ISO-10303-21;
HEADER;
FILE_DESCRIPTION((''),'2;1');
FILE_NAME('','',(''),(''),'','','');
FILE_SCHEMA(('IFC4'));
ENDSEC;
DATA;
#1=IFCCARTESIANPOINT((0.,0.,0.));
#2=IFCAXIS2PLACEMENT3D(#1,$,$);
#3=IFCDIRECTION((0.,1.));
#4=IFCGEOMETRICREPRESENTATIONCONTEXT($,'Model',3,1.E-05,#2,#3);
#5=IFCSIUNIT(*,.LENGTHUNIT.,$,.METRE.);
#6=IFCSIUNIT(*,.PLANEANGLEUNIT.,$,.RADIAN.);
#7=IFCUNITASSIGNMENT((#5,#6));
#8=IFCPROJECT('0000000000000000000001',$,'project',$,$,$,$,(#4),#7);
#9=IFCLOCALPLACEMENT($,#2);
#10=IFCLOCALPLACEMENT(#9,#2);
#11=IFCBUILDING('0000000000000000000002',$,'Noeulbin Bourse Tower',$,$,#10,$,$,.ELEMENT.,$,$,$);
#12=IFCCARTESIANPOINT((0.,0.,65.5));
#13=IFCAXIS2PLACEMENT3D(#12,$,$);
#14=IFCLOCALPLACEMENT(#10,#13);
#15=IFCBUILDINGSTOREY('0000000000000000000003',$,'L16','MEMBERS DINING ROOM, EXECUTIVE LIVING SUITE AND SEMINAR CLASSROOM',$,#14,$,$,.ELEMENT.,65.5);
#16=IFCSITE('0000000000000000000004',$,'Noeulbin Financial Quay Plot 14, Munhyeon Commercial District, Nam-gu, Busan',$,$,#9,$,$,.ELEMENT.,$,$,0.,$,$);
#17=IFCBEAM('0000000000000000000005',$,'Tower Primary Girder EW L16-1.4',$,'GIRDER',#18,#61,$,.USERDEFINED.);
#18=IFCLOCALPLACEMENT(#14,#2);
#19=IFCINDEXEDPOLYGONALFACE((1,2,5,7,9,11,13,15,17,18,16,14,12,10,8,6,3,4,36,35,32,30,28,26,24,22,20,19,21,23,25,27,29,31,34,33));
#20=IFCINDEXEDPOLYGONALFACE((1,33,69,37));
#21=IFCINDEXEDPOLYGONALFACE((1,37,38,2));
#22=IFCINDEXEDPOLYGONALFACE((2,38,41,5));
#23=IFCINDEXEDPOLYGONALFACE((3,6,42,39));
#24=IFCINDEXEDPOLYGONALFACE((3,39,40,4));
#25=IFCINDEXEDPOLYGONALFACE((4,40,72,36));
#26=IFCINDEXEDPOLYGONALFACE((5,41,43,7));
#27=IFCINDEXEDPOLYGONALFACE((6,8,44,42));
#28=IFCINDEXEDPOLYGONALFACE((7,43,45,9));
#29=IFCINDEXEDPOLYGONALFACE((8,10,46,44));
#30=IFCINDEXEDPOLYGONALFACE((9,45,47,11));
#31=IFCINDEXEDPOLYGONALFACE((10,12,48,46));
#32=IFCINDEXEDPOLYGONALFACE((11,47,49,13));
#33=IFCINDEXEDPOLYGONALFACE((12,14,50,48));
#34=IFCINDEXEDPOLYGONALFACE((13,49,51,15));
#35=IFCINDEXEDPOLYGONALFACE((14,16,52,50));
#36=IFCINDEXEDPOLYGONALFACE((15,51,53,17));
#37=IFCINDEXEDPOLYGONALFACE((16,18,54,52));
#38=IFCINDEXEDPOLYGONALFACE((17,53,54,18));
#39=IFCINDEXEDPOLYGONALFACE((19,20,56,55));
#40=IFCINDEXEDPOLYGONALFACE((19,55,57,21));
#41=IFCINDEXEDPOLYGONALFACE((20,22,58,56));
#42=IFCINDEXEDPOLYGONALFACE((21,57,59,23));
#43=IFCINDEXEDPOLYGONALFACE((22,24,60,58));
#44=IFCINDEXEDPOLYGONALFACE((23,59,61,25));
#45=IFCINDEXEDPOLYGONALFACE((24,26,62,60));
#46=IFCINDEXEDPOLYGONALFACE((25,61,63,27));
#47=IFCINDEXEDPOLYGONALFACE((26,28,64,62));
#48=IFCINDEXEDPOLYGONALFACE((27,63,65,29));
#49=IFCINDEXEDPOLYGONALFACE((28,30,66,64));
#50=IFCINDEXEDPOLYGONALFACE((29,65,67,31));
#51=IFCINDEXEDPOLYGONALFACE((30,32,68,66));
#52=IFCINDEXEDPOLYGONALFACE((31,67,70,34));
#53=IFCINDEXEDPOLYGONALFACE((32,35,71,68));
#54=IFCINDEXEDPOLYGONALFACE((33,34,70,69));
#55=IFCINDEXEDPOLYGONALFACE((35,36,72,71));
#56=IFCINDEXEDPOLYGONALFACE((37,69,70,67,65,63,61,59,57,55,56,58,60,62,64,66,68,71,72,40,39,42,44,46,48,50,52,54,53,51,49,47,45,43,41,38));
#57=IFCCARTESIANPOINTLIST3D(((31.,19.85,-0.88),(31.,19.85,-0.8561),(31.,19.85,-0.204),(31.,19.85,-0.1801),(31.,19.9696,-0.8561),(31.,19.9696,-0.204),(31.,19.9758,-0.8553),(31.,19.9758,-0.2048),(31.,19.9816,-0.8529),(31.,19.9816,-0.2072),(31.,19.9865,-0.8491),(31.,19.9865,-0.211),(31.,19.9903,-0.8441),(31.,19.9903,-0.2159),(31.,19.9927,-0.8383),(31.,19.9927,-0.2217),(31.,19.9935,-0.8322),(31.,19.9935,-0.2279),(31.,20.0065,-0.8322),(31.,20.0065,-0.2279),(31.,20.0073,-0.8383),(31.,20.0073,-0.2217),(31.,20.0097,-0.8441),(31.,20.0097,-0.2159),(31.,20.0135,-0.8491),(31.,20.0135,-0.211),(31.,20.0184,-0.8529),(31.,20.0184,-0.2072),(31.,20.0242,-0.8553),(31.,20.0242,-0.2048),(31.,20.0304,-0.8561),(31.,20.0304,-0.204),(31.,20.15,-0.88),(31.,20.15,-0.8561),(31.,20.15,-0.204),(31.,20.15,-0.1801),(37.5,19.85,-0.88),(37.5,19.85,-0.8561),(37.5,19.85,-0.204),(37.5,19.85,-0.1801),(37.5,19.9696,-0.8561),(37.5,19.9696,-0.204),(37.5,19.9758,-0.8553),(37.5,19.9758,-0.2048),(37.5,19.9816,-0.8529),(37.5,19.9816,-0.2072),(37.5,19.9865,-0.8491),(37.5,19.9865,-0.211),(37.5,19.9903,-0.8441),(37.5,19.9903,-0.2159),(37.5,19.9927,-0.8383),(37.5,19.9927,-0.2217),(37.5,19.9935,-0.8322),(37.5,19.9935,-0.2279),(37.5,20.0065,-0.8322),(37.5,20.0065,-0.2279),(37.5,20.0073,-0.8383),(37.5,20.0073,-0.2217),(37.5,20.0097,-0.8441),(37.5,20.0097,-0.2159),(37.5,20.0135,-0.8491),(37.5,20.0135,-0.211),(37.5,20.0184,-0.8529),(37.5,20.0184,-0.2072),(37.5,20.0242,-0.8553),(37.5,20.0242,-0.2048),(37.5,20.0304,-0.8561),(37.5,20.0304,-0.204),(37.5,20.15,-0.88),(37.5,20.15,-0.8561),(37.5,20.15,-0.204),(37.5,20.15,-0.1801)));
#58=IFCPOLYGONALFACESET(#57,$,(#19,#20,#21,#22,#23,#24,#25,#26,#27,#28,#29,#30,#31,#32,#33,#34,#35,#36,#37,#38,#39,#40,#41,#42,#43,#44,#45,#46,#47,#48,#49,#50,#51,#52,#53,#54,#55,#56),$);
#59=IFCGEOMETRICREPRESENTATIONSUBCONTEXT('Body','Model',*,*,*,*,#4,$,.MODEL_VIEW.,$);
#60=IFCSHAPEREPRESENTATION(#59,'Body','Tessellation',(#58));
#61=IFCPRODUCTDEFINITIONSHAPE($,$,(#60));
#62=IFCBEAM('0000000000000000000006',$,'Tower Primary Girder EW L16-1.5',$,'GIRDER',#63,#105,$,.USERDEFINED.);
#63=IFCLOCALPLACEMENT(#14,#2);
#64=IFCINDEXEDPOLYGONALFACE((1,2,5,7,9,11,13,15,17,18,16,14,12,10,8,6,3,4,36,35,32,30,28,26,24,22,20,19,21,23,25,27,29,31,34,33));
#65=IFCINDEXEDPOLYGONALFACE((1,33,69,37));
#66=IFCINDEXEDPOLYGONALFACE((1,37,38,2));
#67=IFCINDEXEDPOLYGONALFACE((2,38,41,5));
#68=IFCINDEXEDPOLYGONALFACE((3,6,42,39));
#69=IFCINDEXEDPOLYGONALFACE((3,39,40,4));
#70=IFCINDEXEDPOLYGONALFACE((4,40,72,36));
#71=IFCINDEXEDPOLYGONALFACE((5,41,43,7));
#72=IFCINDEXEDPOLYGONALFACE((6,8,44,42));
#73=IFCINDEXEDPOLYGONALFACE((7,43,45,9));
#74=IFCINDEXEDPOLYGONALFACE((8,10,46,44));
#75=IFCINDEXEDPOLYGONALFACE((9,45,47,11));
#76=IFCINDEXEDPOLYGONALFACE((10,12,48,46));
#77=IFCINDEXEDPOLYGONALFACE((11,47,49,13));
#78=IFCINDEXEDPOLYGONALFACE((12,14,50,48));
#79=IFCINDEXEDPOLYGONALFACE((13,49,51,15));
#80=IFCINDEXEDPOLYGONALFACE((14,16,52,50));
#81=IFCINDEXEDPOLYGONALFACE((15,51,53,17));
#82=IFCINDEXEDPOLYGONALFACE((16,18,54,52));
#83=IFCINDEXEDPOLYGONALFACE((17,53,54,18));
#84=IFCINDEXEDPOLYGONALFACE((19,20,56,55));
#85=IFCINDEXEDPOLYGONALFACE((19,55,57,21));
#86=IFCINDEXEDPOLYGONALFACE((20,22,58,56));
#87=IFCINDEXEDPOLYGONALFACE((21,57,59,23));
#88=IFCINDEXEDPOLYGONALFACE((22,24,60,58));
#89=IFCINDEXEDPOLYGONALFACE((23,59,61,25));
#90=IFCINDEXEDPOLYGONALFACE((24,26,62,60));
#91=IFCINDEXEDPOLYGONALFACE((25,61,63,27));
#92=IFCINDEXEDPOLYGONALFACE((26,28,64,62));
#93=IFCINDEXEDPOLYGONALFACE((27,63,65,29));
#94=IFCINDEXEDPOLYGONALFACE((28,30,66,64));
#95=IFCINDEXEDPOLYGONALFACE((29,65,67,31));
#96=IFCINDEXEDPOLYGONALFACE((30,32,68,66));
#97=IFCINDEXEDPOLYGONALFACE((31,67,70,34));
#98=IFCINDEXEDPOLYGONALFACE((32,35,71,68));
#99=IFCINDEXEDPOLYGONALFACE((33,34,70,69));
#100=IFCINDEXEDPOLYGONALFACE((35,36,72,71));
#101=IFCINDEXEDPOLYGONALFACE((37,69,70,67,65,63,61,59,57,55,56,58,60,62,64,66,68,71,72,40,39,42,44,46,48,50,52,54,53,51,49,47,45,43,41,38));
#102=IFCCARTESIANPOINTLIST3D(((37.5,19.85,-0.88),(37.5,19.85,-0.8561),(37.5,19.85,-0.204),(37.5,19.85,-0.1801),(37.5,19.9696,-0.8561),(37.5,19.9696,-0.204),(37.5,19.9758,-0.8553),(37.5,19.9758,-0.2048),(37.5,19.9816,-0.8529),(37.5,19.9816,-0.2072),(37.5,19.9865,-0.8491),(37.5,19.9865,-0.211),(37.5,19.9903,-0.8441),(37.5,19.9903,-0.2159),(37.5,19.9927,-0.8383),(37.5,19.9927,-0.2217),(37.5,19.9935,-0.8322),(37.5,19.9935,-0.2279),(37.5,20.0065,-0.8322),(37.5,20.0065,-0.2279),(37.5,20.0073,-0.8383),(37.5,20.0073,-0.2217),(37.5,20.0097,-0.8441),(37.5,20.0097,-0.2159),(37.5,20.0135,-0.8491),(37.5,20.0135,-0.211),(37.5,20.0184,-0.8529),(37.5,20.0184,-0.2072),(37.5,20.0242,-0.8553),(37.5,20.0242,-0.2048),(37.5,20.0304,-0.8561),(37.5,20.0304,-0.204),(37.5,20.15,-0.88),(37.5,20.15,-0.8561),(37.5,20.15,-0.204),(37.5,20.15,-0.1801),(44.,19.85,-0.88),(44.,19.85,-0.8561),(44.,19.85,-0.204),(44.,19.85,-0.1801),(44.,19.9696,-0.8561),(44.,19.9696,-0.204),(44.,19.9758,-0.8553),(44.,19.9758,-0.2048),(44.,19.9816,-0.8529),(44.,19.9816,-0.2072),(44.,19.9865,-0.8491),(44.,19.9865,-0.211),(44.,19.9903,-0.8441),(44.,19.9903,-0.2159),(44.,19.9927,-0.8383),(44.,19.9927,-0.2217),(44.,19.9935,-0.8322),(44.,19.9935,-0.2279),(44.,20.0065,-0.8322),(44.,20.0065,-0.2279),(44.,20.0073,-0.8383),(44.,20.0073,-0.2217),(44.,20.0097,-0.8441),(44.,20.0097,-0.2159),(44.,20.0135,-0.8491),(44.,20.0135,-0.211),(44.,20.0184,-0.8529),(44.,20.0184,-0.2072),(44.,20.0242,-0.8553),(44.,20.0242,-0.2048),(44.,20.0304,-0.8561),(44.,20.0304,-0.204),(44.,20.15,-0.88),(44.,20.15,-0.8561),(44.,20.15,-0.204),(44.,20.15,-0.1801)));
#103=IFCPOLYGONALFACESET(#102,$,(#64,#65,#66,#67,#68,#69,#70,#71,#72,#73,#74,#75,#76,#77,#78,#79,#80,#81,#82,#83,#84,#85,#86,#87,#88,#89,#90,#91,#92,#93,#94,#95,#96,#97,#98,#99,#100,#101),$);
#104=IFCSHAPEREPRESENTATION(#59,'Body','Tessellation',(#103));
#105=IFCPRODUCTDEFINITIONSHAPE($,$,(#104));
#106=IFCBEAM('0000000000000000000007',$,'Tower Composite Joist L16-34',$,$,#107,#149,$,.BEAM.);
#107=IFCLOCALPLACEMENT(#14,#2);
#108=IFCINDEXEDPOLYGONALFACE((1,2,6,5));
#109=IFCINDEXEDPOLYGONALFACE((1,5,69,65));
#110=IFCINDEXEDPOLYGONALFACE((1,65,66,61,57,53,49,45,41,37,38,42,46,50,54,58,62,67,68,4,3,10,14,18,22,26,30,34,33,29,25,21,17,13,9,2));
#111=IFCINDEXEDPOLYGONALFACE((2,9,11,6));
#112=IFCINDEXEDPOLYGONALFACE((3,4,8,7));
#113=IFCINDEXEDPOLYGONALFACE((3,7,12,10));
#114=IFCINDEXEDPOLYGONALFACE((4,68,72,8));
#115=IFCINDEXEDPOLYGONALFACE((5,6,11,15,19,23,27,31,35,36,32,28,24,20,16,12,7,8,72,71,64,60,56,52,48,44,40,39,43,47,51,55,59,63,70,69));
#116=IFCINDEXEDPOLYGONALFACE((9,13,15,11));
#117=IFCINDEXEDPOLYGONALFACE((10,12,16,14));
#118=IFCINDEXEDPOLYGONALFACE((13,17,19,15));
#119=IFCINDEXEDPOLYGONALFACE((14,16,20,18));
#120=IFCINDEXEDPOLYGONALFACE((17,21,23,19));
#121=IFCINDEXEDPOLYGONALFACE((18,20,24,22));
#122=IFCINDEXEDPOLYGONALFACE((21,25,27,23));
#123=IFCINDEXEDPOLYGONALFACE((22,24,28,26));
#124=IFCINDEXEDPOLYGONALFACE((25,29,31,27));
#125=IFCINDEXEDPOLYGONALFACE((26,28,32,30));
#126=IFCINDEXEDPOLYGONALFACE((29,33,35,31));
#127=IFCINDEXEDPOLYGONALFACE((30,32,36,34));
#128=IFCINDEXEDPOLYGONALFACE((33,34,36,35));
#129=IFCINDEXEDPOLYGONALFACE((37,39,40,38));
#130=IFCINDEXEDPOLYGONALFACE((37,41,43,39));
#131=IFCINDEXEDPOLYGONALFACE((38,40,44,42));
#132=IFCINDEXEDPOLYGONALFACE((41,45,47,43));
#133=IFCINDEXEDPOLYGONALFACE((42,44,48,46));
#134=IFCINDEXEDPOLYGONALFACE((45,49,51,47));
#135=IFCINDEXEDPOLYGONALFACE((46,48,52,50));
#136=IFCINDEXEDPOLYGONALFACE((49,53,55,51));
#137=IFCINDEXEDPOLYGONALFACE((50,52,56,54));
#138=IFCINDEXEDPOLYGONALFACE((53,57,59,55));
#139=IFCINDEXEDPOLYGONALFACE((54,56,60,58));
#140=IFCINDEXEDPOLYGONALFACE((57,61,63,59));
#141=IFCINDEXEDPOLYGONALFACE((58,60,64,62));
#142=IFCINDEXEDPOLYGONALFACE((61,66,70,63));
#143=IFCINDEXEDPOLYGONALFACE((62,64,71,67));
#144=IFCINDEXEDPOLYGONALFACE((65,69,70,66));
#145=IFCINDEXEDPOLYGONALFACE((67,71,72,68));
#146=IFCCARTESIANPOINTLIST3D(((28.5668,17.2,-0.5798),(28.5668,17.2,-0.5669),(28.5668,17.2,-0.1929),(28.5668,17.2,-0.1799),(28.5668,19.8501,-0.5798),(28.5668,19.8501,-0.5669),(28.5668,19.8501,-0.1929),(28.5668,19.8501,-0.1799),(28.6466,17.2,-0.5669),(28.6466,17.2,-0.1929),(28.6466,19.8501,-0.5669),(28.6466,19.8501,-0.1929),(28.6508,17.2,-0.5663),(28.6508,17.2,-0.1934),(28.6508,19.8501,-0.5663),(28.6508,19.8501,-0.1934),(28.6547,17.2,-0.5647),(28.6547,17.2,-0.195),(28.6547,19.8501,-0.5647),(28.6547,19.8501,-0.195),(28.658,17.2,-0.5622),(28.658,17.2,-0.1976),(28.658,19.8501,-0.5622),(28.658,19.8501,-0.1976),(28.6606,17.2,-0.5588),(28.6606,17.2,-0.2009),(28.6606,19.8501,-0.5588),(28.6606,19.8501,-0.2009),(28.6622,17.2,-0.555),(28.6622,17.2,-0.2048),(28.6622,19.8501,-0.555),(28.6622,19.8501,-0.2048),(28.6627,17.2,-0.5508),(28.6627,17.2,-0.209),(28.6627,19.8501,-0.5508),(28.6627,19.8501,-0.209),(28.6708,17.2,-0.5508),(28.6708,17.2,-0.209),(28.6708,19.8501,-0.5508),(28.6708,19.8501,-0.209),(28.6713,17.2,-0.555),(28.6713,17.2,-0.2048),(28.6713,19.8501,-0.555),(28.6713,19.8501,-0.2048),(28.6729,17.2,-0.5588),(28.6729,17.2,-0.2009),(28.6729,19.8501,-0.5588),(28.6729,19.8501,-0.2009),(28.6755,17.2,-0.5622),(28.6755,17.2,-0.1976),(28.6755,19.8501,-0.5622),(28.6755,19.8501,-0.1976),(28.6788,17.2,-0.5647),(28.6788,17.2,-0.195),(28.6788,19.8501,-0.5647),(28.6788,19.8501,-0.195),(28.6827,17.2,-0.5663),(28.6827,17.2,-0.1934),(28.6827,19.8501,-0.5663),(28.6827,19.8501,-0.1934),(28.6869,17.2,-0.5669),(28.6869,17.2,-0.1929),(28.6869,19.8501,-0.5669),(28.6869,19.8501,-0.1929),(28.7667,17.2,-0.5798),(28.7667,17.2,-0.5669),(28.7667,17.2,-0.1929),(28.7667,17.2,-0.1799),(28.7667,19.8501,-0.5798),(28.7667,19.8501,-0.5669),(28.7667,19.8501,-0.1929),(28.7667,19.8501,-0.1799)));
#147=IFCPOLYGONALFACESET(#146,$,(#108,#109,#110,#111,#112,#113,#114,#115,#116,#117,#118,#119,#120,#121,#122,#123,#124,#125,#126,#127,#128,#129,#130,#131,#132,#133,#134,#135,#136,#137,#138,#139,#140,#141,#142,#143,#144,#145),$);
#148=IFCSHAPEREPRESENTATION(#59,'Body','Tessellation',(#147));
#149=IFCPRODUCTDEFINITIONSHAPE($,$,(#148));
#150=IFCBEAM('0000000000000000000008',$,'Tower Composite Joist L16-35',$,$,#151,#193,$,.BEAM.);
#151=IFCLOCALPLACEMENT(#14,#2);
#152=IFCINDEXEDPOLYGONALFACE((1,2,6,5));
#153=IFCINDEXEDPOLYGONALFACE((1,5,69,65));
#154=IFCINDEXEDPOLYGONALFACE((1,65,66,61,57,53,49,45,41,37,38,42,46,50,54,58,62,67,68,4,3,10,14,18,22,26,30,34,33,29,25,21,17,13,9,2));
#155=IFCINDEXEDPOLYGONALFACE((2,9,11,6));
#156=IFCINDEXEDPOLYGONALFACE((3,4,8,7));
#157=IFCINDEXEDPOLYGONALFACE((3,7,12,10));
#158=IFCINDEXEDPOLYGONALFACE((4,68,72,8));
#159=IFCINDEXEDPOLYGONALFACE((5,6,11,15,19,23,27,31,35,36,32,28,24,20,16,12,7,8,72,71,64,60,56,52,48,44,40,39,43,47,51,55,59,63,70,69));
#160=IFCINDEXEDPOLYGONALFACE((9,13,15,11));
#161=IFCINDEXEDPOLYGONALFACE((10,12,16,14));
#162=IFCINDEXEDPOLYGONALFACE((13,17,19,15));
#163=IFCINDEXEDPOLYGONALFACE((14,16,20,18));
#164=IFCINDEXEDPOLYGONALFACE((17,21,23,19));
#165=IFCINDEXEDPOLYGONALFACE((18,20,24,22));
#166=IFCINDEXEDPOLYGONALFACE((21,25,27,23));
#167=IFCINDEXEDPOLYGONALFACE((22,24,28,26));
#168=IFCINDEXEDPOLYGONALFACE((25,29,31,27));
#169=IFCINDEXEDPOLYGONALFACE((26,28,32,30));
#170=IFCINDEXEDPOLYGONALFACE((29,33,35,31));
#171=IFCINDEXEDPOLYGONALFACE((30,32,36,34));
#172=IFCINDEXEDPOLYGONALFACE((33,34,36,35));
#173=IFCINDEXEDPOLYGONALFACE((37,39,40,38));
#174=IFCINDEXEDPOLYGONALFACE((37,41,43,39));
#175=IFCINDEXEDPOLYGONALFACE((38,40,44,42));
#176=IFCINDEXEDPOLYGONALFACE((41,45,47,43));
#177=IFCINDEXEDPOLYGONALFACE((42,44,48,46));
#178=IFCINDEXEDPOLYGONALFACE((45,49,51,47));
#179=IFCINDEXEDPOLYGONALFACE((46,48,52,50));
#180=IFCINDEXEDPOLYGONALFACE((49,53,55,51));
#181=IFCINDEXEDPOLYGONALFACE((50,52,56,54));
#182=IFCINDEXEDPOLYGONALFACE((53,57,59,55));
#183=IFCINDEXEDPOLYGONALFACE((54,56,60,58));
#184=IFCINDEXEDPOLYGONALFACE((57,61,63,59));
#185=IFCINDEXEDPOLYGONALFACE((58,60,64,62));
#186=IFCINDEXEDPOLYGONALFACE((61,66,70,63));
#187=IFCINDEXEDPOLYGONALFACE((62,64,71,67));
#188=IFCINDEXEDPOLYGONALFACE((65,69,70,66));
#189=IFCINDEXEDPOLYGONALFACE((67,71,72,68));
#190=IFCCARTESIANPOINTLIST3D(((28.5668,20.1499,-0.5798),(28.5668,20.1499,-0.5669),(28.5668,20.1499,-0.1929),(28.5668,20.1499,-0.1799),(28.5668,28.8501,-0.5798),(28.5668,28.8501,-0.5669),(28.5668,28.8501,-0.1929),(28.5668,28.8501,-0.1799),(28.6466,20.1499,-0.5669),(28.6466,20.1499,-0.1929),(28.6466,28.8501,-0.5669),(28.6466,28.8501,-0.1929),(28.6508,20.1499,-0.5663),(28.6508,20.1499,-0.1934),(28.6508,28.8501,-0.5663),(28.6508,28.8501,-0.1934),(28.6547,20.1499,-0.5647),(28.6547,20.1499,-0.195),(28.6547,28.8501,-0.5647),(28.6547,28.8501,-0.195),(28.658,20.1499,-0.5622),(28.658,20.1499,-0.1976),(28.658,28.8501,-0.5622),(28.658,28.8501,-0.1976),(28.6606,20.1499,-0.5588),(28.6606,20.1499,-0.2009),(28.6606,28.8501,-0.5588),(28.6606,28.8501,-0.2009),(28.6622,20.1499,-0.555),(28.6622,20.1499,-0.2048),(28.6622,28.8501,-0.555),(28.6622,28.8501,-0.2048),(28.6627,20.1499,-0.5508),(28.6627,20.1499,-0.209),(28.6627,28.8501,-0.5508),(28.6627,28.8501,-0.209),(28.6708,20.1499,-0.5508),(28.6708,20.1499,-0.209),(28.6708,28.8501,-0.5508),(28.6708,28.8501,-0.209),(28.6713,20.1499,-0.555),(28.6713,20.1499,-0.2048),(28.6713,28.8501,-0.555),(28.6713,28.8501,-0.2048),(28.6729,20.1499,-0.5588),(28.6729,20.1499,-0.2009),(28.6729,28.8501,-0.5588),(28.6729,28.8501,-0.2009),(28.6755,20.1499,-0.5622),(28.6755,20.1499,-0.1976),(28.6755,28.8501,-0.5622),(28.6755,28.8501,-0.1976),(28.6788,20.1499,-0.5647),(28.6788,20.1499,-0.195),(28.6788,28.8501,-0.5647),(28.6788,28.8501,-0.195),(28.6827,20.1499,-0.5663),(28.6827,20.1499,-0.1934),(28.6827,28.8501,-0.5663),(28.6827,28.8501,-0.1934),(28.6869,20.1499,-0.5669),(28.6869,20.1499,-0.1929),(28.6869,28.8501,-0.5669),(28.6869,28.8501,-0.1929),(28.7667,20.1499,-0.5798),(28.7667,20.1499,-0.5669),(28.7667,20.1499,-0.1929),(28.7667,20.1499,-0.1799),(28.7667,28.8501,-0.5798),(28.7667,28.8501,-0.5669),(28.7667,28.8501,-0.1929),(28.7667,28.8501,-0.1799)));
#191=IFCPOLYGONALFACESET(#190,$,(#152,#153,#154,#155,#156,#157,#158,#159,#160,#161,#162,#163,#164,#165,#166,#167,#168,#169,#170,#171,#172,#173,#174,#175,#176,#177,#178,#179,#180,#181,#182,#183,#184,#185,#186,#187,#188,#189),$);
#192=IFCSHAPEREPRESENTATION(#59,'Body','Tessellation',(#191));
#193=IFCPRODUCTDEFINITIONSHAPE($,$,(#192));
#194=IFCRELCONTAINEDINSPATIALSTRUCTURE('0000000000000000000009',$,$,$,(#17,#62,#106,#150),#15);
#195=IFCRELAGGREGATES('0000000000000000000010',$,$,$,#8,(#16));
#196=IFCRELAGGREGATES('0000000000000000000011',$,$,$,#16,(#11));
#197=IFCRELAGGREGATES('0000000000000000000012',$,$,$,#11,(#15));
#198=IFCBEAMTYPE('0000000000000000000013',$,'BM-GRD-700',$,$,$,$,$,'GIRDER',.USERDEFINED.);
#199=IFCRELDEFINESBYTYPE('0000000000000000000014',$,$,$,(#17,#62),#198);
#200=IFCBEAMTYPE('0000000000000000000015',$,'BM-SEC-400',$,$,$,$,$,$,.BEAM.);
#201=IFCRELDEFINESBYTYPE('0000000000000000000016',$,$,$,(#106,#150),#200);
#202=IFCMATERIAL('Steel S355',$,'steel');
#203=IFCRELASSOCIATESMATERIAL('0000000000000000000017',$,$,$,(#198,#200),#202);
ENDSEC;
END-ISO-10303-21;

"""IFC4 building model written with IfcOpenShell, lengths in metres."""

from ifc_helpers import new_model, si_unit, direction, frame, origin, origin_2d, place, context, subcontext, project, spatial, i_section, extrude, material, material_profile, profile_set, type_object, element, save


model = new_model("IFC4")

# Units and contexts
model_context = context("Model", 3, precision=1e-05, world=origin(), true_north=direction((0.0, 1.0)))
body_context = subcontext(model_context, "Body", "Model", "MODEL_VIEW")
ifc_project = project(units=[si_unit("LENGTHUNIT", "METRE"), si_unit("PLANEANGLEUNIT", "RADIAN")], contexts=[model_context])

# Site, building, storey
site_placement = place(None, origin())
site = spatial("IfcSite", under=ifc_project, at=site_placement, Name="Noeulbin Financial Quay Plot 14, Munhyeon Commercial District, Nam-gu, Busan", CompositionType="ELEMENT", RefElevation=0.0)
building_placement = place(site_placement, origin())
building = spatial("IfcBuilding", under=site, at=building_placement, Name="Noeulbin Bourse Tower", CompositionType="ELEMENT")
storey_placement = place(building_placement, frame((0.0, 0.0, 65.5)))
storey = spatial("IfcBuildingStorey", under=building, at=storey_placement, Name="L16", Description="MEMBERS DINING ROOM, EXECUTIVE LIVING SUITE AND SEMINAR CLASSROOM", CompositionType="ELEMENT", Elevation=65.5)

# Beams
ifc_material_1 = material(Name="Steel S355", Category="steel")
ifc_material_profile_1 = material_profile(ifc_material_1, i_section(OverallWidth=0.3, OverallDepth=0.7, WebThickness=0.0129, FlangeThickness=0.0239, FilletRadius=0.0239, at=origin_2d()), Name="H-700x300x13x24", Category="LoadBearing")
ifc_profile_set_1 = profile_set([ifc_material_profile_1], Name="Steel S355")
beam_type_1 = type_object("IfcBeamType", Name="BM-GRD-700", ElementType="GIRDER", PredefinedType="USERDEFINED", material=ifc_profile_set_1)
for number, where, z_axis, x_axis, name in (
    (1, (31.0, 20.0, -0.53), (1.0, 0.0, 0.0), (0.0, 1.0, 0.0), "Tower Primary Girder EW L16-1.4"),
    (2, (37.5, 20.0, -0.53), (1.0, 0.0, 0.0), (0.0, 1.0, 0.0), "Tower Primary Girder EW L16-1.5"),
):
    element("IfcBeam", number, at=place(storey_placement, frame(where, z_axis=z_axis, x_axis=x_axis)), inside=storey, type_object=beam_type_1, Name=name, ObjectType="GIRDER", PredefinedType="USERDEFINED", context=body_context, shape_type="SweptSolid", body=[
        extrude(i_section(OverallWidth=0.3, OverallDepth=0.7, WebThickness=0.0129, FlangeThickness=0.0239, FilletRadius=0.0239, at=origin_2d()), origin(), (0.0, 0.0, 1.0), 6.5),
    ])
ifc_material_profile_2 = material_profile(ifc_material_1, i_section(OverallWidth=0.2, OverallDepth=0.3999, WebThickness=0.0081, FlangeThickness=0.0129, FilletRadius=0.0161, at=origin_2d()), Name="H-400x200x8x13", Category="LoadBearing")
ifc_profile_set_2 = profile_set([ifc_material_profile_2], Name="Steel S355")
beam_type_2 = type_object("IfcBeamType", Name="BM-SEC-400", PredefinedType="BEAM", material=ifc_profile_set_2)
beam_1_placement = place(storey_placement, frame((28.6667, 17.2, -0.3799), z_axis=(0.0, 1.0, 0.0), x_axis=(-1.0, 0.0, 0.0)))
element("IfcBeam", 3, at=beam_1_placement, inside=storey, type_object=beam_type_2, Name="Tower Composite Joist L16-34", PredefinedType="BEAM", context=body_context, shape_type="SweptSolid", body=[
    extrude(i_section(OverallWidth=0.2, OverallDepth=0.3999, WebThickness=0.0081, FlangeThickness=0.0129, FilletRadius=0.0161, at=origin_2d()), origin(), (0.0, 0.0, 1.0), 2.6501),
])
for number, where, z_axis, x_axis, name in (
    (4, (28.6667, 20.1499, -0.3799), (0.0, 1.0, 0.0), (-1.0, 0.0, 0.0), "Tower Composite Joist L16-35"),
):
    element("IfcBeam", number, at=place(storey_placement, frame(where, z_axis=z_axis, x_axis=x_axis)), inside=storey, type_object=beam_type_2, Name=name, PredefinedType="BEAM", context=body_context, shape_type="SweptSolid", body=[
        extrude(i_section(OverallWidth=0.2, OverallDepth=0.3999, WebThickness=0.0081, FlangeThickness=0.0129, FilletRadius=0.0161, at=origin_2d()), origin(), (0.0, 0.0, 1.0), 8.7002),
    ])

save(model, "model.ifc")
